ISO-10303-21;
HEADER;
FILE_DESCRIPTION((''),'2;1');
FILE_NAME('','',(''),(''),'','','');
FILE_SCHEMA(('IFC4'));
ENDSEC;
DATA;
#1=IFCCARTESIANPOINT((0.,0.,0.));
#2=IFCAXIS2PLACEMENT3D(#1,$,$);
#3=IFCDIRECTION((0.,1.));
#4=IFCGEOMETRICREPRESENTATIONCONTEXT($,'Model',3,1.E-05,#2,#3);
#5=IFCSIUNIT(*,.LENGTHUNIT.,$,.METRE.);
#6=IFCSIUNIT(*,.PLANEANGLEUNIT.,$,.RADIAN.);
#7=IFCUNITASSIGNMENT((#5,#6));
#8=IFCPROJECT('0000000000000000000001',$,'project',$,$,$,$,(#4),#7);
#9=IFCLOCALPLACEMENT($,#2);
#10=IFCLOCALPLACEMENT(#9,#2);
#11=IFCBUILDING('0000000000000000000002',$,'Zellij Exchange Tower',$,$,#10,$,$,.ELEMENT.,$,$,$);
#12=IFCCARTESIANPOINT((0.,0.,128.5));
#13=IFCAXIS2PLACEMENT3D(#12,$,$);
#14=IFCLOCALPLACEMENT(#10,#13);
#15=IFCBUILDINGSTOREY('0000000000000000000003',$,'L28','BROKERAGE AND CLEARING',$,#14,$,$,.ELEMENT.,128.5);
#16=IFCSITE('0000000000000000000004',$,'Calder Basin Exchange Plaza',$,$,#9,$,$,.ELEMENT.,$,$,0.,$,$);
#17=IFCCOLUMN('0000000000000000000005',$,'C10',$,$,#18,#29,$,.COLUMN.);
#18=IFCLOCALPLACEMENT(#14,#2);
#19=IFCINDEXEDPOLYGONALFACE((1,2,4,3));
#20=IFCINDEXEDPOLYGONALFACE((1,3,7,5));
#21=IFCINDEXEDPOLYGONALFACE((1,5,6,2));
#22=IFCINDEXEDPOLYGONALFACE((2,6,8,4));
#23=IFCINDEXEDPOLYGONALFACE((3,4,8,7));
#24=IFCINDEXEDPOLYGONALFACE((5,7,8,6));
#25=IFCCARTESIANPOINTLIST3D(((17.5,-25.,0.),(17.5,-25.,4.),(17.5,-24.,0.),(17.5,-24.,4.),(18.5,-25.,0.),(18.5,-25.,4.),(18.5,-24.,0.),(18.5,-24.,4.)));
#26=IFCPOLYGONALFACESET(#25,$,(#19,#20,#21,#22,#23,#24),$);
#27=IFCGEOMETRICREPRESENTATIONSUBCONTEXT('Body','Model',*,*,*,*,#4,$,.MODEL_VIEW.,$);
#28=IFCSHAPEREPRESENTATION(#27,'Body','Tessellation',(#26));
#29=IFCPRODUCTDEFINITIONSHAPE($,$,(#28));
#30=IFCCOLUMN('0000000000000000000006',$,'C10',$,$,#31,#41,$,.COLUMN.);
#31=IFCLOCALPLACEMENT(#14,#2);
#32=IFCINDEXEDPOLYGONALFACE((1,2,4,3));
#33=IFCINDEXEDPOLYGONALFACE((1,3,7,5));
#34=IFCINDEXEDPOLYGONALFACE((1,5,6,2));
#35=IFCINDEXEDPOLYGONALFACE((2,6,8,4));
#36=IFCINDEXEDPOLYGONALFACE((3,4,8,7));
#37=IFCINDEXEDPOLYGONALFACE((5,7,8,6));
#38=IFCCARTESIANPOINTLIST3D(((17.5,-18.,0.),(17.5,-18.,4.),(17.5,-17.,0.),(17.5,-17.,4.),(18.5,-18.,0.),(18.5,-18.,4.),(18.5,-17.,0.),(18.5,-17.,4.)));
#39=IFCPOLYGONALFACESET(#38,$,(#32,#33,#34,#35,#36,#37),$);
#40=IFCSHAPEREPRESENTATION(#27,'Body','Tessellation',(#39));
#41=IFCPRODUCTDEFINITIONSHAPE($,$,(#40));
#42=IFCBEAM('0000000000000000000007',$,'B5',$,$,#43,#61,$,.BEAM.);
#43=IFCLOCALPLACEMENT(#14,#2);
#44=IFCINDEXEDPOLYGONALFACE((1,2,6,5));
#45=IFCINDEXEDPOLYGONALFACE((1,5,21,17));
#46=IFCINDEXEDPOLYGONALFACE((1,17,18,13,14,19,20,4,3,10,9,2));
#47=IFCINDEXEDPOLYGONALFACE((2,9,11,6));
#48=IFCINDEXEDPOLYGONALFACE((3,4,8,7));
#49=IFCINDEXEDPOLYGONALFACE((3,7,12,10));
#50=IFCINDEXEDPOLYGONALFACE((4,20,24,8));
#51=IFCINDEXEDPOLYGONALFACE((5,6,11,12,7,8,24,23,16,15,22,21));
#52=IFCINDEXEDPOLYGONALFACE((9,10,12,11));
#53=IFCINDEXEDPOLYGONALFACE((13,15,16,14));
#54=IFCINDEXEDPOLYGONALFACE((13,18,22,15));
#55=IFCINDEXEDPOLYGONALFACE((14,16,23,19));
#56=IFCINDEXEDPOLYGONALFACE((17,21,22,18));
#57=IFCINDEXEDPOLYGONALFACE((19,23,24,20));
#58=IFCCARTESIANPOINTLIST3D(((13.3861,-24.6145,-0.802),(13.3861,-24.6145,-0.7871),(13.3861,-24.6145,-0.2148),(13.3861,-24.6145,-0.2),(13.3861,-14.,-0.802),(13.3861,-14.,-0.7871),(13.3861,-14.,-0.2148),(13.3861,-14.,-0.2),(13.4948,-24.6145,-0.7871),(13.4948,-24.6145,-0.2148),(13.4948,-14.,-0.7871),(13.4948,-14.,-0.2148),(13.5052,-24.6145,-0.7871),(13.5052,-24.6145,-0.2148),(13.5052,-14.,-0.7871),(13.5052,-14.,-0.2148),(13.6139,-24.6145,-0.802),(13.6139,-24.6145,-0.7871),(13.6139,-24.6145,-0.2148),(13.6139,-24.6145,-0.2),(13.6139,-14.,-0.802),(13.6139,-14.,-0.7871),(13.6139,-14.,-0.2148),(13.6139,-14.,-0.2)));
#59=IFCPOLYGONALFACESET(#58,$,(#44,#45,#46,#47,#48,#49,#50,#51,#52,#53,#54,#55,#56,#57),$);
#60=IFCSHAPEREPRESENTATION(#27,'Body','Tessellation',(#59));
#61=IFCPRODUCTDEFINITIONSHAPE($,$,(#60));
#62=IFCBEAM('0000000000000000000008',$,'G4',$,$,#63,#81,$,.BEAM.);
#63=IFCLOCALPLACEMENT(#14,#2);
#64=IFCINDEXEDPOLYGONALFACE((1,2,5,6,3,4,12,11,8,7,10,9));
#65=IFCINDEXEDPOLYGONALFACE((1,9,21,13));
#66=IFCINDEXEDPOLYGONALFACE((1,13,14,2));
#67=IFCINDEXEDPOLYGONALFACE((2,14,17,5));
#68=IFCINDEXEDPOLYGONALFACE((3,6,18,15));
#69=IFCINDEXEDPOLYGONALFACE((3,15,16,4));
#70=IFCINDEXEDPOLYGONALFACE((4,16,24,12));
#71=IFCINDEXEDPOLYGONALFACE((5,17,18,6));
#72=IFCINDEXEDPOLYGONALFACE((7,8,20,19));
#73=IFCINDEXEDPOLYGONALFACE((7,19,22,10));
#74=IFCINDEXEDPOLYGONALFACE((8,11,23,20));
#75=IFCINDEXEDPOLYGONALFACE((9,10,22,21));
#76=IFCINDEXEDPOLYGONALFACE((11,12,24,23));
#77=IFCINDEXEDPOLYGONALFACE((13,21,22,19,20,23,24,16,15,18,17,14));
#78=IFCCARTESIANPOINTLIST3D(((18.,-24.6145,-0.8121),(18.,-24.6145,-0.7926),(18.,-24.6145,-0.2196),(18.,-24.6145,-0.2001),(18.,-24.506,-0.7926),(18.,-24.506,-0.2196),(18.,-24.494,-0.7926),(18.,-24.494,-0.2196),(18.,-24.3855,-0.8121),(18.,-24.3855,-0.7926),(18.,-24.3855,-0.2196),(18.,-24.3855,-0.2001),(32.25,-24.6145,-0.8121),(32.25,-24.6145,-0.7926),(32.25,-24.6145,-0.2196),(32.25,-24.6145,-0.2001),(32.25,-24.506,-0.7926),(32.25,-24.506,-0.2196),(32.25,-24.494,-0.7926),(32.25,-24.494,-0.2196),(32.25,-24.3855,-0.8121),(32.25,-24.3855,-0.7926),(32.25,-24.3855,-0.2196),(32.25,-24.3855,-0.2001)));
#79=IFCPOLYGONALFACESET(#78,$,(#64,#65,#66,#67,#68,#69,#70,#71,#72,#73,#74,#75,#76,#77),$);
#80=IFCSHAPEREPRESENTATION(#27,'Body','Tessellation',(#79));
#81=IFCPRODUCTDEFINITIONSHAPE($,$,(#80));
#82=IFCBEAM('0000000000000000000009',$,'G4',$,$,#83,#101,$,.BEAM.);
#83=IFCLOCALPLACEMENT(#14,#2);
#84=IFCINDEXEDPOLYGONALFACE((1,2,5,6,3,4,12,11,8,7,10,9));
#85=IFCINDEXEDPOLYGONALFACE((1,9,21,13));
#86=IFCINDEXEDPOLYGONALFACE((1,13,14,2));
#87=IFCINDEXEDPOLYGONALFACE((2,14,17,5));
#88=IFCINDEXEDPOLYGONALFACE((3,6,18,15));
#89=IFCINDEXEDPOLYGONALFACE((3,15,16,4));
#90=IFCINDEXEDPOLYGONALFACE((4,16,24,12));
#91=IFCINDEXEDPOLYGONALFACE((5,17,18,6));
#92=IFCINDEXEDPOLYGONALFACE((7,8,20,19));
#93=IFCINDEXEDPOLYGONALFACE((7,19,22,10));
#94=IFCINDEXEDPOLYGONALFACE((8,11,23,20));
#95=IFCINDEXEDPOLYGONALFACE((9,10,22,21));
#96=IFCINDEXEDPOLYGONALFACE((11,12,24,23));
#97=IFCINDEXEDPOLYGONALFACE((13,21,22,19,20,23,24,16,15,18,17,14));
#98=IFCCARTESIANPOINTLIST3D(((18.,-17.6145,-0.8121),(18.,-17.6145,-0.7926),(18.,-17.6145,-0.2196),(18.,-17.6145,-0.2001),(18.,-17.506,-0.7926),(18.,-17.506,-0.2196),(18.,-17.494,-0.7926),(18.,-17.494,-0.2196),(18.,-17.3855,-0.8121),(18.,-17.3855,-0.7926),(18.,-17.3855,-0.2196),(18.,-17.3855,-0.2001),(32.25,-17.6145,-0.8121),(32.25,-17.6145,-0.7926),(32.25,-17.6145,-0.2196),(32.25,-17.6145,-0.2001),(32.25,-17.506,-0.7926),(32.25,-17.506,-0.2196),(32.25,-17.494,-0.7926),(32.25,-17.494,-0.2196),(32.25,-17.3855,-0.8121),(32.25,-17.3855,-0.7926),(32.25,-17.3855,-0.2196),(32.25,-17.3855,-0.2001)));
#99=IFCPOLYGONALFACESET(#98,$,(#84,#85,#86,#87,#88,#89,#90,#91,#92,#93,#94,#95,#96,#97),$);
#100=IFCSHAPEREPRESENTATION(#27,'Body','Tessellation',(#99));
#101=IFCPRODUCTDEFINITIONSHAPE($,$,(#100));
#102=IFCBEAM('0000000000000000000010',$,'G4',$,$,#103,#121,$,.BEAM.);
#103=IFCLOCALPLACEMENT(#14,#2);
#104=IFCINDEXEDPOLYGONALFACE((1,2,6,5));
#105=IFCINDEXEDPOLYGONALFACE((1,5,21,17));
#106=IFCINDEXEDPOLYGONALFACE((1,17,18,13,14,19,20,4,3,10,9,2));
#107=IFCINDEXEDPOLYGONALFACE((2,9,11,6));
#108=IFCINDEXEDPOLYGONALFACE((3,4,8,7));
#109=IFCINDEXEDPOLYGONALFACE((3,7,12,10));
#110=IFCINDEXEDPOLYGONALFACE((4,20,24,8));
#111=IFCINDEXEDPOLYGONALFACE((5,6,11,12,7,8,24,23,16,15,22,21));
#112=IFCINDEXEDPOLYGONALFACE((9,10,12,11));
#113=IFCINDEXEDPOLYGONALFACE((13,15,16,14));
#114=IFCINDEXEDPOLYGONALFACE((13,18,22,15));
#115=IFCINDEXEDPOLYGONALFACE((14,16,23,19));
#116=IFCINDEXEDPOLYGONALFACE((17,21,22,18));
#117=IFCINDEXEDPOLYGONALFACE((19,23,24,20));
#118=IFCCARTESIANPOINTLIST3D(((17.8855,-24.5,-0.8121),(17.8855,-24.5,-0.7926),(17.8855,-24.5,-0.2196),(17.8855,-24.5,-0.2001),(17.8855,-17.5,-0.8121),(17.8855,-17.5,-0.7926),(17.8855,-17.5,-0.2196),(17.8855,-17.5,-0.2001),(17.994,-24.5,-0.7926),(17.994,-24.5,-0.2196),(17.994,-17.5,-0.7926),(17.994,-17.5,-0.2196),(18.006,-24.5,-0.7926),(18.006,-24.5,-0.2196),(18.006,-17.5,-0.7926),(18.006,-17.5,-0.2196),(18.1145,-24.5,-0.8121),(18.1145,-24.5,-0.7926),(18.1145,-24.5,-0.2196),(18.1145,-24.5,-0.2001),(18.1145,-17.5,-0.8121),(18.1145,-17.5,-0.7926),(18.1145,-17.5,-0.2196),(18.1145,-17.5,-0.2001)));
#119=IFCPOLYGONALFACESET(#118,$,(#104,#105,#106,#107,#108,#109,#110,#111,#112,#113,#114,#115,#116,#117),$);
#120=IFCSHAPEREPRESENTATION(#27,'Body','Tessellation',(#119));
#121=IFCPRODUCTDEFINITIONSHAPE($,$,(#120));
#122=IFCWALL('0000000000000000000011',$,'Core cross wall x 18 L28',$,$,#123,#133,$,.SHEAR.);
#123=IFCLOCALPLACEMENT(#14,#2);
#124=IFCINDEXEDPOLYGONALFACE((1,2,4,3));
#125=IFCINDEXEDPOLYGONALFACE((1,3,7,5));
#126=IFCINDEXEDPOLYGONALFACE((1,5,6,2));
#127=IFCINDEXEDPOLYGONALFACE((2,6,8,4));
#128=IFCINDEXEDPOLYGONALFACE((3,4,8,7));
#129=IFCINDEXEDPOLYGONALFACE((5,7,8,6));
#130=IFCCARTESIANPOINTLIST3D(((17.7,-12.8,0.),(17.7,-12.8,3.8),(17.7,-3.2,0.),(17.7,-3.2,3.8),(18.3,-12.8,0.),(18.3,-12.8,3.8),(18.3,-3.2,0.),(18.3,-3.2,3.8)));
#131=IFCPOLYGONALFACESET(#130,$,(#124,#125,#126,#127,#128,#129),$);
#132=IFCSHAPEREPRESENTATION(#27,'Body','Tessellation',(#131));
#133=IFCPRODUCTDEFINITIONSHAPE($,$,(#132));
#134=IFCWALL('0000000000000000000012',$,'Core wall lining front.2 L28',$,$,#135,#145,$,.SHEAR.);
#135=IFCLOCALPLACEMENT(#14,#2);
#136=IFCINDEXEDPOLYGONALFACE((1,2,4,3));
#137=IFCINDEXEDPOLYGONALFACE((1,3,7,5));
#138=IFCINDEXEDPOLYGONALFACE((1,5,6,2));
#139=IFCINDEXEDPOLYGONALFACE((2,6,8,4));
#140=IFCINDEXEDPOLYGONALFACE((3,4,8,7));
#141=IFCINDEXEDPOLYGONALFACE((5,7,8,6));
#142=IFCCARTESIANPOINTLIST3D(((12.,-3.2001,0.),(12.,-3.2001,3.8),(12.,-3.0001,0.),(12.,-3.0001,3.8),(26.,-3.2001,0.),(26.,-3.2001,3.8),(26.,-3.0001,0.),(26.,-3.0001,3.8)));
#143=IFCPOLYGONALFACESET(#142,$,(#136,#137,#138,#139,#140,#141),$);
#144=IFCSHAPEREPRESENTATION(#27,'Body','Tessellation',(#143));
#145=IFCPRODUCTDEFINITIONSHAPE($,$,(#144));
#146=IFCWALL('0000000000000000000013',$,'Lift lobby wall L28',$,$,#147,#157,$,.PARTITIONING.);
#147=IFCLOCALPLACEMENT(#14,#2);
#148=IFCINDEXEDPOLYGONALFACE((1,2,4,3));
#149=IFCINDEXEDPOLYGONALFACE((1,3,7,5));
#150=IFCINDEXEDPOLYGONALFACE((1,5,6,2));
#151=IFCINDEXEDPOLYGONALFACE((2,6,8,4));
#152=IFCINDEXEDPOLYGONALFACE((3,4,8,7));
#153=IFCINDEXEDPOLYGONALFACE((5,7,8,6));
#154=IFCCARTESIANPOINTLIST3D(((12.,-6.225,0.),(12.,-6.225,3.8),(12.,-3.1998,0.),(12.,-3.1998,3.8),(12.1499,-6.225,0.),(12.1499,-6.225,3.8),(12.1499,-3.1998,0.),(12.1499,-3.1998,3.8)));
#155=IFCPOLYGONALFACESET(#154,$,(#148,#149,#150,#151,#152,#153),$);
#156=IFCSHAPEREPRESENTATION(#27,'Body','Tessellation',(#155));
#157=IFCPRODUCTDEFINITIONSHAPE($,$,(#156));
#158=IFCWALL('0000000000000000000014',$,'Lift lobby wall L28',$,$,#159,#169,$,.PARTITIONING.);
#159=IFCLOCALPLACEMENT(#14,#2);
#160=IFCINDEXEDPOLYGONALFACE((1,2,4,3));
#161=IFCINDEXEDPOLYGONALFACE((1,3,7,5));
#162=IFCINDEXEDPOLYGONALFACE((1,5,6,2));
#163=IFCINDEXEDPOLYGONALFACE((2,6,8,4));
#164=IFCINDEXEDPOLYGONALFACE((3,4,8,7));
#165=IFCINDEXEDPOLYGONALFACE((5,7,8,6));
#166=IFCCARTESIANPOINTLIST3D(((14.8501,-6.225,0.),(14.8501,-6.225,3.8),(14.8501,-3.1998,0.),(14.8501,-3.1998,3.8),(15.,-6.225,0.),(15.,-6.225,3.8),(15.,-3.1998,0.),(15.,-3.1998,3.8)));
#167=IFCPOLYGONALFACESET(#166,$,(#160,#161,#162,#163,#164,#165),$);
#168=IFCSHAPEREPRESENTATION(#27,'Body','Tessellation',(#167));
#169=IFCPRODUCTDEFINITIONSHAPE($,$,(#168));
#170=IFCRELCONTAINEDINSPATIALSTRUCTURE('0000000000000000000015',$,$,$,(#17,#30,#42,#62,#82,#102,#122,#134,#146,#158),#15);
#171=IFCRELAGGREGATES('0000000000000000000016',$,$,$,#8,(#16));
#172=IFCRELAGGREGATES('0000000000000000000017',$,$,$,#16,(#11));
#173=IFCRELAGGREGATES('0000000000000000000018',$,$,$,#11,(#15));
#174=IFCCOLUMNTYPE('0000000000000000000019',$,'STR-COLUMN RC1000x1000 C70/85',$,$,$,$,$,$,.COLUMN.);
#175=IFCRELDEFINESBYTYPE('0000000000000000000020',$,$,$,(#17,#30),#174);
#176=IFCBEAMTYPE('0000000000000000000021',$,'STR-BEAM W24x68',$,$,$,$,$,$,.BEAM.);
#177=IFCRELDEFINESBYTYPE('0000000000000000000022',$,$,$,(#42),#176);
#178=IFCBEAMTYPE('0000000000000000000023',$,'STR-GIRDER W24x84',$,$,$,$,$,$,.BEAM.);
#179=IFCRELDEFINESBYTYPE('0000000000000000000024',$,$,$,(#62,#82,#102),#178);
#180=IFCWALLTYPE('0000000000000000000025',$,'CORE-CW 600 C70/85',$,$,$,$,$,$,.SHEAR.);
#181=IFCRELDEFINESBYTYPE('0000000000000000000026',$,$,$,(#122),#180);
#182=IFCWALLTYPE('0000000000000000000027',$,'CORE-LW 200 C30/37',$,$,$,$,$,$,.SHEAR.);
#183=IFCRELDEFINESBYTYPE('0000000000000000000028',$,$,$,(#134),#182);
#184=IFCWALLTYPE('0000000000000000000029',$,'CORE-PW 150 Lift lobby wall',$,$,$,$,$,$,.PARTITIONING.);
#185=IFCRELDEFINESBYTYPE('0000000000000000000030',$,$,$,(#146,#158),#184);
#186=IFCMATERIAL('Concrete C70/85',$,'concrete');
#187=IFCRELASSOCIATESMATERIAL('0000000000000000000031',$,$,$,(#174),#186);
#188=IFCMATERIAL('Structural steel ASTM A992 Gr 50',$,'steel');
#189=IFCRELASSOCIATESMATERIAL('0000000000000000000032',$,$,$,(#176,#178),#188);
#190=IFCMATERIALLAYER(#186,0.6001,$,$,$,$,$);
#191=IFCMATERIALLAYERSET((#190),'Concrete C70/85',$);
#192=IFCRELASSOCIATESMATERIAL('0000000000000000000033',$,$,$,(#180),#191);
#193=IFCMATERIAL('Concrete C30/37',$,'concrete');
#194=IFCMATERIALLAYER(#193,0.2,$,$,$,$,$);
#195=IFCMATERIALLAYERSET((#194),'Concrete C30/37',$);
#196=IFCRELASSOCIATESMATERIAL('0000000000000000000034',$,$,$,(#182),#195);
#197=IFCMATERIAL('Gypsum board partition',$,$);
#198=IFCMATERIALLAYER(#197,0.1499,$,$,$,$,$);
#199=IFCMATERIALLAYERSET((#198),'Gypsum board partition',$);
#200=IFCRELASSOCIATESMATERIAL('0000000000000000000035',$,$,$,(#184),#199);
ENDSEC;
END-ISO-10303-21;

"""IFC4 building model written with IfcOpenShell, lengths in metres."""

from ifc_helpers import new_model, si_unit, direction, frame, frame_2d, origin, origin_2d, place, context, subcontext, project, spatial, rectangle, i_section, extrude, material, layer, layer_set, material_profile, profile_set, type_object, element, save


model = new_model("IFC4")

# Units and contexts
model_context = context("Model", 3, precision=1e-05, world=origin(), true_north=direction((0.0, 1.0)))
body_context = subcontext(model_context, "Body", "Model", "MODEL_VIEW")
ifc_project = project(units=[si_unit("LENGTHUNIT", "METRE"), si_unit("PLANEANGLEUNIT", "RADIAN")], contexts=[model_context])

# Site, building, storey
site_placement = place(None, origin())
site = spatial("IfcSite", under=ifc_project, at=site_placement, Name="Calder Basin Exchange Plaza", CompositionType="ELEMENT", RefElevation=0.0)
building_placement = place(site_placement, origin())
building = spatial("IfcBuilding", under=site, at=building_placement, Name="Zellij Exchange Tower", CompositionType="ELEMENT")
storey_placement = place(building_placement, frame((0.0, 0.0, 128.5)))
storey = spatial("IfcBuildingStorey", under=building, at=storey_placement, Name="L28", Description="BROKERAGE AND CLEARING", CompositionType="ELEMENT", Elevation=128.5)

# Columns
ifc_material_1 = material(Name="Concrete C70/85", Category="concrete")
ifc_material_profile_1 = material_profile(ifc_material_1, rectangle(XDim=1.0, YDim=1.0, at=origin_2d()), Name="STR-COLUMN RC1000x1000 C70/85")
ifc_profile_set_1 = profile_set([ifc_material_profile_1], Name="Concrete C70/85")
column_type = type_object("IfcColumnType", Name="STR-COLUMN RC1000x1000 C70/85", PredefinedType="COLUMN", material=ifc_profile_set_1)
for number, where, z_axis, x_axis, name in (
    (1, (18.0, -24.5, 0.0), (0.0, 0.0, 1.0), (1.0, 0.0, 0.0), "C10"),
    (2, (18.0, -17.5, 0.0), (0.0, 0.0, 1.0), (1.0, 0.0, 0.0), "C10"),
):
    element("IfcColumn", number, at=place(storey_placement, frame(where, z_axis=z_axis, x_axis=x_axis)), inside=storey, type_object=column_type, Name=name, PredefinedType="COLUMN", context=body_context, shape_type="SweptSolid", body=[
        extrude(rectangle(XDim=1.0, YDim=1.0, at=origin_2d()), origin(), (0.0, 0.0, 1.0), 4.0),
    ])

# Beams
ifc_material_2 = material(Name="Structural steel ASTM A992 Gr 50", Category="steel")
ifc_material_profile_2 = material_profile(ifc_material_2, i_section(OverallWidth=0.2278, OverallDepth=0.6021, WebThickness=0.0105, FlangeThickness=0.0149, at=origin_2d()), Name="W24x68")
ifc_profile_set_2 = profile_set([ifc_material_profile_2], Name="Structural steel ASTM A992 Gr 50")
beam_type_1 = type_object("IfcBeamType", Name="STR-BEAM W24x68", PredefinedType="BEAM", material=ifc_profile_set_2)
beam_1_placement = place(storey_placement, frame((13.5, -24.6145, -0.501), z_axis=(0.0, 1.0, 0.0), x_axis=(-1.0, 0.0, 0.0)))
element("IfcBeam", 3, at=beam_1_placement, inside=storey, type_object=beam_type_1, Name="B5", PredefinedType="BEAM", context=body_context, shape_type="SweptSolid", body=[
    extrude(i_section(OverallWidth=0.2278, OverallDepth=0.6021, WebThickness=0.0105, FlangeThickness=0.0149, at=origin_2d()), origin(), (0.0, 0.0, 1.0), 10.6145),
])
ifc_material_profile_3 = material_profile(ifc_material_2, i_section(OverallWidth=0.229, OverallDepth=0.6121, WebThickness=0.012, FlangeThickness=0.0195, at=origin_2d()), Name="W24x84")
ifc_profile_set_3 = profile_set([ifc_material_profile_3], Name="Structural steel ASTM A992 Gr 50")
beam_type_2 = type_object("IfcBeamType", Name="STR-GIRDER W24x84", PredefinedType="BEAM", material=ifc_profile_set_3)
for number, where, z_axis, x_axis, name in (
    (4, (18.0, -24.5, -0.5061), (1.0, 0.0, 0.0), (0.0, 1.0, 0.0), "G4"),
    (5, (18.0, -17.5, -0.5061), (1.0, 0.0, 0.0), (0.0, 1.0, 0.0), "G4"),
):
    element("IfcBeam", number, at=place(storey_placement, frame(where, z_axis=z_axis, x_axis=x_axis)), inside=storey, type_object=beam_type_2, Name=name, PredefinedType="BEAM", context=body_context, shape_type="SweptSolid", body=[
        extrude(i_section(OverallWidth=0.229, OverallDepth=0.6121, WebThickness=0.012, FlangeThickness=0.0195, at=origin_2d()), origin(), (0.0, 0.0, 1.0), 14.25),
    ])
beam_2_placement = place(storey_placement, frame((18.0, -24.5, -0.5061), z_axis=(0.0, 1.0, 0.0), x_axis=(-1.0, 0.0, 0.0)))
element("IfcBeam", 6, at=beam_2_placement, inside=storey, type_object=beam_type_2, Name="G4", PredefinedType="BEAM", context=body_context, shape_type="SweptSolid", body=[
    extrude(i_section(OverallWidth=0.229, OverallDepth=0.6121, WebThickness=0.012, FlangeThickness=0.0195, at=origin_2d()), origin(), (0.0, 0.0, 1.0), 7.0),
])

# Walls
ifc_layer_1 = layer(ifc_material_1, 0.6001)
ifc_layer_set_1 = layer_set([ifc_layer_1], Name="Concrete C70/85")
wall_type_1 = type_object("IfcWallType", Name="CORE-CW 600 C70/85", PredefinedType="SHEAR", material=ifc_layer_set_1)
wall_1_placement = place(storey_placement, frame((18.0, -12.8, 0.0), z_axis=(0.0, 0.0, 1.0), x_axis=(0.0, 1.0, 0.0)))
element("IfcWall", 7, at=wall_1_placement, inside=storey, type_object=wall_type_1, Name="Core cross wall x 18 L28", PredefinedType="SHEAR", context=body_context, shape_type="SweptSolid", body=[
    extrude(rectangle(XDim=9.6001, YDim=0.6001, at=frame_2d((4.8, 0.0))), origin(), (0.0, 0.0, 1.0), 3.8),
])
ifc_material_3 = material(Name="Concrete C30/37", Category="concrete")
ifc_layer_2 = layer(ifc_material_3, 0.2)
ifc_layer_set_2 = layer_set([ifc_layer_2], Name="Concrete C30/37")
wall_type_2 = type_object("IfcWallType", Name="CORE-LW 200 C30/37", PredefinedType="SHEAR", material=ifc_layer_set_2)
wall_2_placement = place(storey_placement, frame((12.0, -3.1001, 0.0), z_axis=(0.0, 0.0, 1.0), x_axis=(1.0, 0.0, 0.0)))
element("IfcWall", 8, at=wall_2_placement, inside=storey, type_object=wall_type_2, Name="Core wall lining front.2 L28", PredefinedType="SHEAR", context=body_context, shape_type="SweptSolid", body=[
    extrude(rectangle(XDim=14.0, YDim=0.2, at=frame_2d((7.0, 0.0))), origin(), (0.0, 0.0, 1.0), 3.8),
])
ifc_material_4 = material(Name="Gypsum board partition")
ifc_layer_3 = layer(ifc_material_4, 0.1499)
ifc_layer_set_3 = layer_set([ifc_layer_3], Name="Gypsum board partition")
wall_type_3 = type_object("IfcWallType", Name="CORE-PW 150 Lift lobby wall", PredefinedType="PARTITIONING", material=ifc_layer_set_3)
for number, where, z_axis, x_axis, name in (
    (9, (12.075, -6.2251, 0.0), (0.0, 0.0, 1.0), (0.0, 1.0, 0.0), "Lift lobby wall L28"),
    (10, (14.925, -6.2251, 0.0), (0.0, 0.0, 1.0), (0.0, 1.0, 0.0), "Lift lobby wall L28"),
):
    element("IfcWall", number, at=place(storey_placement, frame(where, z_axis=z_axis, x_axis=x_axis)), inside=storey, type_object=wall_type_3, Name=name, PredefinedType="PARTITIONING", context=body_context, shape_type="SweptSolid", body=[
        extrude(rectangle(XDim=3.0251, YDim=0.1499, at=frame_2d((1.5127, 0.0))), origin(), (0.0, 0.0, 1.0), 3.8),
    ])

save(model, "model.ifc")
